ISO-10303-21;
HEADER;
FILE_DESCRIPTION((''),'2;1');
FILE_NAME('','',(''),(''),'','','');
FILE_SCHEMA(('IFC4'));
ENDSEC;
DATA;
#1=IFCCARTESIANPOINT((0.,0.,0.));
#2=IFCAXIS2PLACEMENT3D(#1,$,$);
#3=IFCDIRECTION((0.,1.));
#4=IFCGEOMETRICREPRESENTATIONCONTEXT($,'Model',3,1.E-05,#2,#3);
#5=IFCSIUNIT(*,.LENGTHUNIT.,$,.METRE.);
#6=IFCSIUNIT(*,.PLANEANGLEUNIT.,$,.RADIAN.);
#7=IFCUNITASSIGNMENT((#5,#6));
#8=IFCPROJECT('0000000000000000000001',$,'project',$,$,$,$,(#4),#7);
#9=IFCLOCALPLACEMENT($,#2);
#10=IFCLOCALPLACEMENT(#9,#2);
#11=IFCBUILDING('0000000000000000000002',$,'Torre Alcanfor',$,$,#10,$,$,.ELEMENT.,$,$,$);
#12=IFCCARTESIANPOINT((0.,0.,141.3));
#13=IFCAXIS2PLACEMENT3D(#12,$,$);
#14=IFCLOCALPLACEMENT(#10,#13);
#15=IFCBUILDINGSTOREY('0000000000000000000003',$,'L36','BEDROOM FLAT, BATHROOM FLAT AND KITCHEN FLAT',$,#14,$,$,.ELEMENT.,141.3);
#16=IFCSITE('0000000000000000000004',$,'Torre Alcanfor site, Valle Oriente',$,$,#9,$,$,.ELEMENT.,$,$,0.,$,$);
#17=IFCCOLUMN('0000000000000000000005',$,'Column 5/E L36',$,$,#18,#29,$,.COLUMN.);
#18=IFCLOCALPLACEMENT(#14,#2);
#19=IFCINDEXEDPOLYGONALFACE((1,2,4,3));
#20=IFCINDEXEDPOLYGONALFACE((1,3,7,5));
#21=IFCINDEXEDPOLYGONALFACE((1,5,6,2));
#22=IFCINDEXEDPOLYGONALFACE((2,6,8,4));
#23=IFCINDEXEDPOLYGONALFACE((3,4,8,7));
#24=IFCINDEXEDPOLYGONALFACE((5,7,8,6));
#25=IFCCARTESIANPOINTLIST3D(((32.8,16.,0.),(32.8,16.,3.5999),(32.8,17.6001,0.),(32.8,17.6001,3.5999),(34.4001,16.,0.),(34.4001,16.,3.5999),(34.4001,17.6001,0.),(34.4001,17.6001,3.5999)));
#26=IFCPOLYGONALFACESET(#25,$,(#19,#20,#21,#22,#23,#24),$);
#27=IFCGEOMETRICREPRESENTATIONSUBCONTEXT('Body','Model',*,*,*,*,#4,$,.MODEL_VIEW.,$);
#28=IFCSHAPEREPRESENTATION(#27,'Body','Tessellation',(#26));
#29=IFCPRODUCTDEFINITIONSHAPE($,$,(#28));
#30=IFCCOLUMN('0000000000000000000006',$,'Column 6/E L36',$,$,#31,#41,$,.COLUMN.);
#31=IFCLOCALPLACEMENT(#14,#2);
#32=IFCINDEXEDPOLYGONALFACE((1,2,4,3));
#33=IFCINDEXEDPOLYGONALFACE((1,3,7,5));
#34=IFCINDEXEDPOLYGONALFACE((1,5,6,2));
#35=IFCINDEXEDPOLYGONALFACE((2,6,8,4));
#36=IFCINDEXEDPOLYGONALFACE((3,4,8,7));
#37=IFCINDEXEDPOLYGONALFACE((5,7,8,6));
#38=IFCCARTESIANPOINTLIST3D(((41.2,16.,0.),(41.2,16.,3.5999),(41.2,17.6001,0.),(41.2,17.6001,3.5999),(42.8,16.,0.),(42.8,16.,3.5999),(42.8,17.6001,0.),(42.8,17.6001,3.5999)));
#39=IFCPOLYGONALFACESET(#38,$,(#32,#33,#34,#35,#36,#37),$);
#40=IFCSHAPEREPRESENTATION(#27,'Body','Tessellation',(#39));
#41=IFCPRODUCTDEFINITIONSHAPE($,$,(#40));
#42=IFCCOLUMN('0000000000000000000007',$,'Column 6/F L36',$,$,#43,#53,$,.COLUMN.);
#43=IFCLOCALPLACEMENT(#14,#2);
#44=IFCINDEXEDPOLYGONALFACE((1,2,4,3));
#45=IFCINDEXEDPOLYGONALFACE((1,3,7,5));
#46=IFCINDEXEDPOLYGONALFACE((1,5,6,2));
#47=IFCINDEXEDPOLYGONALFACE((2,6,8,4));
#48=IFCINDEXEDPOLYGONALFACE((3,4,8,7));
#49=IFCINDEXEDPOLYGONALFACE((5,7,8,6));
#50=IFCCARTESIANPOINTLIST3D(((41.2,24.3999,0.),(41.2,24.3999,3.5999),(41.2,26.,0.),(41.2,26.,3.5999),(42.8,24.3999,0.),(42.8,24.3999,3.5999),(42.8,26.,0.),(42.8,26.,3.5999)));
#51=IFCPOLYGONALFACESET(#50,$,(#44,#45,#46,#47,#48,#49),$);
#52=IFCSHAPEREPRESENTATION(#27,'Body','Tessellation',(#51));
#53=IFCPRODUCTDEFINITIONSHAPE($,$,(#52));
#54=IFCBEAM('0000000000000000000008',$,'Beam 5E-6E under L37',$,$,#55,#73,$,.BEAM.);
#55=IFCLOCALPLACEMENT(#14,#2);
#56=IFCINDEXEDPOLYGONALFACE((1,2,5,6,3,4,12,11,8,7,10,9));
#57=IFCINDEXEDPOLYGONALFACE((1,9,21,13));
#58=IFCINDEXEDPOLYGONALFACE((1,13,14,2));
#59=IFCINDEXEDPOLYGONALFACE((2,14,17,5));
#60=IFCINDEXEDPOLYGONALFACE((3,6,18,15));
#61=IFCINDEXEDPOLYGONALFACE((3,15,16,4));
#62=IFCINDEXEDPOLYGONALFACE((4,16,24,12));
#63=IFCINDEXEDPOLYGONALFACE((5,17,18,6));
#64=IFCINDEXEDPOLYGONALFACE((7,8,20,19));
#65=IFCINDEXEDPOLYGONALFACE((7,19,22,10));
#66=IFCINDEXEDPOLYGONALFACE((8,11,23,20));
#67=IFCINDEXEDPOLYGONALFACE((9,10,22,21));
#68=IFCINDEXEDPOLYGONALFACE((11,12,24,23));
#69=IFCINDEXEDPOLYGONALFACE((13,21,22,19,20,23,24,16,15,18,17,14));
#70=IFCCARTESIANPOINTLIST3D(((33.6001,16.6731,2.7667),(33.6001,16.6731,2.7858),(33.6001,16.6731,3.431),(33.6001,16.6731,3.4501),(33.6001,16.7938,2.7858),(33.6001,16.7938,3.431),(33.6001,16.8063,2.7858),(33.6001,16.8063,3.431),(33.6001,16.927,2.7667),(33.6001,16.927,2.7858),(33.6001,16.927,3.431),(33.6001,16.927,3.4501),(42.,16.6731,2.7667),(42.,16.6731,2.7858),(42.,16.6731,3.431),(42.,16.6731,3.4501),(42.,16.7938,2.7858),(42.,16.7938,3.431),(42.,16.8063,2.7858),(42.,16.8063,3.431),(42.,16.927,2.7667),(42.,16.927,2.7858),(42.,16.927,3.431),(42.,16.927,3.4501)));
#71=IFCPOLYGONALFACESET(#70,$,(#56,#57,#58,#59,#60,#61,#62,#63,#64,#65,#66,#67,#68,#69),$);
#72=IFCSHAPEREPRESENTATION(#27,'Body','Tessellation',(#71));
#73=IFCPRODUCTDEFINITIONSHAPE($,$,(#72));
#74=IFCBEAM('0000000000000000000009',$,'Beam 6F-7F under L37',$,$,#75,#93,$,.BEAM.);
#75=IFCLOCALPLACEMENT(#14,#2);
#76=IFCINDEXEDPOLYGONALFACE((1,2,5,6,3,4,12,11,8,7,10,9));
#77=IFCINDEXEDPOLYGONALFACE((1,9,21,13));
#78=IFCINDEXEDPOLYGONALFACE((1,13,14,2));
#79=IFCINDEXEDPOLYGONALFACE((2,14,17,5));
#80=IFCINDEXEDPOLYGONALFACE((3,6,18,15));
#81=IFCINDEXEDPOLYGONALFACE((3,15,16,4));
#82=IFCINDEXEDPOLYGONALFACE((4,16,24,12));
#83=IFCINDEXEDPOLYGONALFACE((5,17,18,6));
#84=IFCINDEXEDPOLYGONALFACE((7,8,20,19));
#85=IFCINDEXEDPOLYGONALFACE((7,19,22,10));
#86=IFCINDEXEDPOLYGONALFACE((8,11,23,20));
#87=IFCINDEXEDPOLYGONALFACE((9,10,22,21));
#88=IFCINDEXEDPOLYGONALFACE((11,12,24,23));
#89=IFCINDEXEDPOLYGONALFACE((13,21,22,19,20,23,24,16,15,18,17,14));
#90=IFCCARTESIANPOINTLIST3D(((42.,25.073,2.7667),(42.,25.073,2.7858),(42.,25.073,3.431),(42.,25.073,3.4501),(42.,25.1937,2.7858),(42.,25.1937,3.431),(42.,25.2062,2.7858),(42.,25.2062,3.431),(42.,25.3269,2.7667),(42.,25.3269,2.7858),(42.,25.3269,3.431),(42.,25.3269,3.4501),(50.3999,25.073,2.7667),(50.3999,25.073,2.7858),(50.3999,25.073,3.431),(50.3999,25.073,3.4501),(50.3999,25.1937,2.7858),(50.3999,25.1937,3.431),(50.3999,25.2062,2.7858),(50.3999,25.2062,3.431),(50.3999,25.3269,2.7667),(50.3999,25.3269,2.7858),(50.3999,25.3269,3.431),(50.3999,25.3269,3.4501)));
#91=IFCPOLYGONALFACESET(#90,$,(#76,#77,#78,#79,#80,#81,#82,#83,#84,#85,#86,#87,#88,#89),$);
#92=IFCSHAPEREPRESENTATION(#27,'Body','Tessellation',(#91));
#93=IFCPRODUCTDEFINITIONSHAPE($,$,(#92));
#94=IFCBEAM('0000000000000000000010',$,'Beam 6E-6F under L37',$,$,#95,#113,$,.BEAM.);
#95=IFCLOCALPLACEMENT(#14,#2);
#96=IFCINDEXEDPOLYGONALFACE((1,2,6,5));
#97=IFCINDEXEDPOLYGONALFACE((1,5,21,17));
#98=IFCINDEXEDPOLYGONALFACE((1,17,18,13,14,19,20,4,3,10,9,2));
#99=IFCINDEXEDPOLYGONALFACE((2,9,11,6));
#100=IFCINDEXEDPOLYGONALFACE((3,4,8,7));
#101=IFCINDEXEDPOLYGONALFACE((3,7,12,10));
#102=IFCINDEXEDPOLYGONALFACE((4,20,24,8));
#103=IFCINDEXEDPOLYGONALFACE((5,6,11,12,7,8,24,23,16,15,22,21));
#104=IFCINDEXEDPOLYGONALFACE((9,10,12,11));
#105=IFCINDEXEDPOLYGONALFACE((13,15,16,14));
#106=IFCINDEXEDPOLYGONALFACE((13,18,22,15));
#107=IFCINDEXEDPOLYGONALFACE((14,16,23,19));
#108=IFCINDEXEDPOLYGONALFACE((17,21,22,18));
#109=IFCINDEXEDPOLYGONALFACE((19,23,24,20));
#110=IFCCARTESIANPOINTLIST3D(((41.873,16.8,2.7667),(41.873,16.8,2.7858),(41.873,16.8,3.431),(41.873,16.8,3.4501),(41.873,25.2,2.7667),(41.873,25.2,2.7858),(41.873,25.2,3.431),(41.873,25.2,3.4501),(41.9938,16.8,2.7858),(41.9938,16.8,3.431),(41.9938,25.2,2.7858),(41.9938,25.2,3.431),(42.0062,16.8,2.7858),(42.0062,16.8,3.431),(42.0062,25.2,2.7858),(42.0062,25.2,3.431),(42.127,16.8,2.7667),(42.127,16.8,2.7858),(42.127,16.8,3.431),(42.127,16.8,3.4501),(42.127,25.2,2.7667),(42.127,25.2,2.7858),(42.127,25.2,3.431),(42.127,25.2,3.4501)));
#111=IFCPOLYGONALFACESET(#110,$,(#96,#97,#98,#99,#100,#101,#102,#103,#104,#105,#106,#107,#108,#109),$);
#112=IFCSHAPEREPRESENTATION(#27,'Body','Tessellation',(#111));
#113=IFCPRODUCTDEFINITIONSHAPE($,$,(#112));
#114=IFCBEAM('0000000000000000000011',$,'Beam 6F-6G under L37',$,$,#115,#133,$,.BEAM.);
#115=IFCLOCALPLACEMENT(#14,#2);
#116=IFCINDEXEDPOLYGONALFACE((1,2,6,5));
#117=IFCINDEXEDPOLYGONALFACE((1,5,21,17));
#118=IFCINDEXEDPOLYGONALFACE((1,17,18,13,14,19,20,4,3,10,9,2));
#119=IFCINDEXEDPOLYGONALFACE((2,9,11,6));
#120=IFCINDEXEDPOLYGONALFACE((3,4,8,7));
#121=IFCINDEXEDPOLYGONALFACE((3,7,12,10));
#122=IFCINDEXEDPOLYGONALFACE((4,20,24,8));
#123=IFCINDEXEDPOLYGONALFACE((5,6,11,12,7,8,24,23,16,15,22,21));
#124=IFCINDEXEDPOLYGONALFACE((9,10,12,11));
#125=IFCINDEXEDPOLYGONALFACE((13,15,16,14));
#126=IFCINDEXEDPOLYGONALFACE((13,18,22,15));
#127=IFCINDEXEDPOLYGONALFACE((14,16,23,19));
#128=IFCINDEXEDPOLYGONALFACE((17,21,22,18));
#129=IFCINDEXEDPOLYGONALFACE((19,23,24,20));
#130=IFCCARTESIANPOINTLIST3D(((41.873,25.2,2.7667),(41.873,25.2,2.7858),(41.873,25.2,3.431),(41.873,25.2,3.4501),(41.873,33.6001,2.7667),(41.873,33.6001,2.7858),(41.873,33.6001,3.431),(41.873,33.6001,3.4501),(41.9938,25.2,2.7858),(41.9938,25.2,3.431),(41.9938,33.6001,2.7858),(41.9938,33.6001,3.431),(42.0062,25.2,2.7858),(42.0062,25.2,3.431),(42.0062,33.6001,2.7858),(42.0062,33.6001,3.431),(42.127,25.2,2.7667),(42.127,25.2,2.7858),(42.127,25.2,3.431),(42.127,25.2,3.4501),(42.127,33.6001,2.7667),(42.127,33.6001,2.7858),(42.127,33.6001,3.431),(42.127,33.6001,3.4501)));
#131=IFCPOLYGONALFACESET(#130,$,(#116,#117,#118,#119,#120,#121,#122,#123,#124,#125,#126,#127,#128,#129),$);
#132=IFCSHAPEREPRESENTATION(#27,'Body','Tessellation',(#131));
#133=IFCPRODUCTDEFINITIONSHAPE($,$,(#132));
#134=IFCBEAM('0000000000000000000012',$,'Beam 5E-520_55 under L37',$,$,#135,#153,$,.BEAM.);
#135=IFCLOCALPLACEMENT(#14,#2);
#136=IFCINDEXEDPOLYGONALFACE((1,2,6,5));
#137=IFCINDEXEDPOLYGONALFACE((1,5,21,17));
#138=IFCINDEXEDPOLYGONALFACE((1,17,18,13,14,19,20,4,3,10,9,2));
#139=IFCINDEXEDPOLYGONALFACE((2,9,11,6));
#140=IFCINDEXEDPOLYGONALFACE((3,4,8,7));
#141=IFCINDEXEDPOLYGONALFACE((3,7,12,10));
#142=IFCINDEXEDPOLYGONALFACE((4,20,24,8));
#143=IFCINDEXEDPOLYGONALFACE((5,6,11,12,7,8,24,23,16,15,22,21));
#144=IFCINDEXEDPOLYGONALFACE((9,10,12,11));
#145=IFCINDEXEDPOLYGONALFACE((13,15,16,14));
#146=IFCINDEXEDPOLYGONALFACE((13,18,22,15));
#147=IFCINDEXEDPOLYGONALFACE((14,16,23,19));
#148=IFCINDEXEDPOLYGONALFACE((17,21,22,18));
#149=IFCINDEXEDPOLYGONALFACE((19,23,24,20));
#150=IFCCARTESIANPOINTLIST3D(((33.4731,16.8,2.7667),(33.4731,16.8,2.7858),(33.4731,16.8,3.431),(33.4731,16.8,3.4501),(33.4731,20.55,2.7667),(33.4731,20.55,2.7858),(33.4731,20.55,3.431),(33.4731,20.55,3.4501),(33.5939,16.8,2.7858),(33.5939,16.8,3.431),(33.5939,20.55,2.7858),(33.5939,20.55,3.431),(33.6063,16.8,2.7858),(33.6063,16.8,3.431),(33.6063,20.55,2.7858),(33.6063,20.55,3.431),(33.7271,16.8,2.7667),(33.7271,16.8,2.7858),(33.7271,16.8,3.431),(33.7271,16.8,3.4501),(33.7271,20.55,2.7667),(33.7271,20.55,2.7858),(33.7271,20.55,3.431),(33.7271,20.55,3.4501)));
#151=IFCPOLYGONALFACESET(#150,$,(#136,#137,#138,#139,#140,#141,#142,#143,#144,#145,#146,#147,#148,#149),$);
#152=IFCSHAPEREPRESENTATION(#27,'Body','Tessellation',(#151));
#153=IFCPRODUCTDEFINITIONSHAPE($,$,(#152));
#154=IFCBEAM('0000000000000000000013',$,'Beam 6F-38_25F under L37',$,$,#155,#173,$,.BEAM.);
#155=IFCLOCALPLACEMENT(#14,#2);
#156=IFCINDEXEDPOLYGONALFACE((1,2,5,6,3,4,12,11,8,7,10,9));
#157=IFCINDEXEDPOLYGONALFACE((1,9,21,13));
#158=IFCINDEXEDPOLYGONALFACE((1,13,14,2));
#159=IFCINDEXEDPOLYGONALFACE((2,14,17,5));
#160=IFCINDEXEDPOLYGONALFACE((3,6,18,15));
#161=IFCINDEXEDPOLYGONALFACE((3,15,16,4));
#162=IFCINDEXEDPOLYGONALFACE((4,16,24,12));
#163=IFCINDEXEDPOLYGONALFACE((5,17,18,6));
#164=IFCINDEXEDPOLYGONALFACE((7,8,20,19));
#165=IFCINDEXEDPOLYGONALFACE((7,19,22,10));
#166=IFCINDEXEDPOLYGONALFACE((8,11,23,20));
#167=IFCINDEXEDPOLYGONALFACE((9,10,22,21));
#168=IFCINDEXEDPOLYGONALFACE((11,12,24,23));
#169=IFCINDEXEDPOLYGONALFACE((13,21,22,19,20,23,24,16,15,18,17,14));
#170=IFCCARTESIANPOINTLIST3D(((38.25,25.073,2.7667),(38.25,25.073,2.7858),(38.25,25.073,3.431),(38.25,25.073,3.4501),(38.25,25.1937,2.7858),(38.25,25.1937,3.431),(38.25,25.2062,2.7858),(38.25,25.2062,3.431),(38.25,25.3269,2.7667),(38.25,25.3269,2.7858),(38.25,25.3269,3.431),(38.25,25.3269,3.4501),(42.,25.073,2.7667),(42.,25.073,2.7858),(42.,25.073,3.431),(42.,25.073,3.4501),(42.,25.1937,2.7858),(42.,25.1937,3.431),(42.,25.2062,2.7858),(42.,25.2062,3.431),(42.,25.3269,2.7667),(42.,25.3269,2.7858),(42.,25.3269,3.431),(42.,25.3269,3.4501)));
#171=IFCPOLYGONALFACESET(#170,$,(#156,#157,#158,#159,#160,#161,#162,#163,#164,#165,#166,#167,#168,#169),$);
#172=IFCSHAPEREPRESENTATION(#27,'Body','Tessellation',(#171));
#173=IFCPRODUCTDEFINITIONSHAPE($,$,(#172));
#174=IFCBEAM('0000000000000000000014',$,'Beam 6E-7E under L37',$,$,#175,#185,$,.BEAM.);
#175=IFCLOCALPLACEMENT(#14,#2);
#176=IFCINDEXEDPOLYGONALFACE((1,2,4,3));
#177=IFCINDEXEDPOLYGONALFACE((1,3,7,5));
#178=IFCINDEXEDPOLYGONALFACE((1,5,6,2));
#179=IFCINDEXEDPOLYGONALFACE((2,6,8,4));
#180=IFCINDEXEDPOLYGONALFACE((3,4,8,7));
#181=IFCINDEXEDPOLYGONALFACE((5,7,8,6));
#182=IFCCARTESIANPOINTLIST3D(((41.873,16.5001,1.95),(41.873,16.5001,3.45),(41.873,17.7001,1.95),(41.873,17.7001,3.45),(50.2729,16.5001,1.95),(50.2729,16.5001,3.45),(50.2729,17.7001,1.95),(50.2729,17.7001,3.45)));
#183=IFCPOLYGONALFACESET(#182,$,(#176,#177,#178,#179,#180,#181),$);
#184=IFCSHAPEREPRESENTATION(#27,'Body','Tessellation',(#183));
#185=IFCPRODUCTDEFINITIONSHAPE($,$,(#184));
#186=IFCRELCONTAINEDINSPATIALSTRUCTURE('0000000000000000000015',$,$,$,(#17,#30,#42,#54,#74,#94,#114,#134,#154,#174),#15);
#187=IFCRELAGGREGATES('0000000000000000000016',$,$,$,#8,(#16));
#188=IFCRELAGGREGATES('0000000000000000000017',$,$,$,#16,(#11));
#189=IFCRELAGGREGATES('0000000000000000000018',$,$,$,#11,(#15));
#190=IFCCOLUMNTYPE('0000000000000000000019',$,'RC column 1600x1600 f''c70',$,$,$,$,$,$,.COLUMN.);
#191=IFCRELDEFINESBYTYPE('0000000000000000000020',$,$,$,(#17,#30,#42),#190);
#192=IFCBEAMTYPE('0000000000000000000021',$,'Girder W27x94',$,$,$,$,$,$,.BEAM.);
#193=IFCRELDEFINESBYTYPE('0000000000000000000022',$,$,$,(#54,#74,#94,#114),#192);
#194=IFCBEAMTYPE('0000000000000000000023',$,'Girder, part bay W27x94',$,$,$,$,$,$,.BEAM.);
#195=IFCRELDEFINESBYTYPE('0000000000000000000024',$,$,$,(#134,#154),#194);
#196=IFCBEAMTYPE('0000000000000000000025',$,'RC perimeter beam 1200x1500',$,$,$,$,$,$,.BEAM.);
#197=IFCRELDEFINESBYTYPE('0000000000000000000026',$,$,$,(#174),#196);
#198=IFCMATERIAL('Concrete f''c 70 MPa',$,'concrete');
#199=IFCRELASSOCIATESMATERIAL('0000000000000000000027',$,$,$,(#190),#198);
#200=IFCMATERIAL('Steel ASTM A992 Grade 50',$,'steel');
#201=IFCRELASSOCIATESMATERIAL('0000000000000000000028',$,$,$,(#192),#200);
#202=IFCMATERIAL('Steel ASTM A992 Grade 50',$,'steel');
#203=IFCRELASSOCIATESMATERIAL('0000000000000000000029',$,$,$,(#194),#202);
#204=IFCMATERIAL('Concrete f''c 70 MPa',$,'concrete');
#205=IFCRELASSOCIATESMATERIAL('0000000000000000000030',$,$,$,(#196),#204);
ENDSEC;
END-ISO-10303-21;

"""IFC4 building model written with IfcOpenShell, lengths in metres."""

from ifc_helpers import new_model, si_unit, direction, frame, origin, origin_2d, place, context, subcontext, project, spatial, rectangle, i_section, extrude, material, material_profile, profile_set, type_object, element, save


model = new_model("IFC4")

# Units and contexts
model_context = context("Model", 3, precision=1e-05, world=origin(), true_north=direction((0.0, 1.0)))
body_context = subcontext(model_context, "Body", "Model", "MODEL_VIEW")
ifc_project = project(units=[si_unit("LENGTHUNIT", "METRE"), si_unit("PLANEANGLEUNIT", "RADIAN")], contexts=[model_context])

# Site, building, storey
site_placement = place(None, origin())
site = spatial("IfcSite", under=ifc_project, at=site_placement, Name="Torre Alcanfor site, Valle Oriente", CompositionType="ELEMENT", RefElevation=0.0)
building_placement = place(site_placement, origin())
building = spatial("IfcBuilding", under=site, at=building_placement, Name="Torre Alcanfor", CompositionType="ELEMENT")
storey_placement = place(building_placement, frame((0.0, 0.0, 141.3)))
storey = spatial("IfcBuildingStorey", under=building, at=storey_placement, Name="L36", Description="BEDROOM FLAT, BATHROOM FLAT AND KITCHEN FLAT", CompositionType="ELEMENT", Elevation=141.3)

# Columns
ifc_material_1 = material(Name="Concrete f'c 70 MPa", Category="concrete")
ifc_material_profile_1 = material_profile(ifc_material_1, rectangle(XDim=1.6001, YDim=1.6001, at=origin_2d()), Name="1600x1600")
ifc_profile_set_1 = profile_set([ifc_material_profile_1], Name="Concrete f'c 70 MPa")
column_type = type_object("IfcColumnType", Name="RC column 1600x1600 f'c70", PredefinedType="COLUMN", material=ifc_profile_set_1)
for number, where, z_axis, x_axis, name in (
    (1, (33.6001, 16.8, 0.0), (0.0, 0.0, 1.0), (1.0, 0.0, 0.0), "Column 5/E L36"),
    (2, (42.0, 16.8, 0.0), (0.0, 0.0, 1.0), (1.0, 0.0, 0.0), "Column 6/E L36"),
    (3, (42.0, 25.2, 0.0), (0.0, 0.0, 1.0), (1.0, 0.0, 0.0), "Column 6/F L36"),
):
    element("IfcColumn", number, at=place(storey_placement, frame(where, z_axis=z_axis, x_axis=x_axis)), inside=storey, type_object=column_type, Name=name, PredefinedType="COLUMN", context=body_context, shape_type="SweptSolid", body=[
        extrude(rectangle(XDim=1.6001, YDim=1.6001, at=origin_2d()), origin(), (0.0, 0.0, 1.0), 3.5999),
    ])

# Beams
ifc_material_2 = material(Name="Steel ASTM A992 Grade 50", Category="steel")
ifc_material_profile_2 = material_profile(ifc_material_2, i_section(OverallWidth=0.2539, OverallDepth=0.6833, WebThickness=0.0125, FlangeThickness=0.019, at=origin_2d()), Name="W27x94")
ifc_profile_set_2 = profile_set([ifc_material_profile_2], Name="Steel ASTM A992 Grade 50")
beam_type_1 = type_object("IfcBeamType", Name="Girder W27x94", PredefinedType="BEAM", material=ifc_profile_set_2)
for number, where, z_axis, x_axis, name in (
    (4, (33.6001, 16.8, 3.1084), (1.0, 0.0, 0.0), (0.0, 1.0, 0.0), "Beam 5E-6E under L37"),
    (5, (42.0, 25.2, 3.1084), (1.0, 0.0, 0.0), (0.0, 1.0, 0.0), "Beam 6F-7F under L37"),
    (6, (42.0, 16.8, 3.1084), (0.0, 1.0, 0.0), (-1.0, 0.0, 0.0), "Beam 6E-6F under L37"),
):
    element("IfcBeam", number, at=place(storey_placement, frame(where, z_axis=z_axis, x_axis=x_axis)), inside=storey, type_object=beam_type_1, Name=name, PredefinedType="BEAM", context=body_context, shape_type="SweptSolid", body=[
        extrude(i_section(OverallWidth=0.2539, OverallDepth=0.6833, WebThickness=0.0125, FlangeThickness=0.019, at=origin_2d()), origin(), (0.0, 0.0, 1.0), 8.3999),
    ])
beam_1_placement = place(storey_placement, frame((42.0, 25.2, 3.1084), z_axis=(0.0, 1.0, 0.0), x_axis=(-1.0, 0.0, 0.0)))
element("IfcBeam", 7, at=beam_1_placement, inside=storey, type_object=beam_type_1, Name="Beam 6F-6G under L37", PredefinedType="BEAM", context=body_context, shape_type="SweptSolid", body=[
    extrude(i_section(OverallWidth=0.2539, OverallDepth=0.6833, WebThickness=0.0125, FlangeThickness=0.019, at=origin_2d()), origin(), (0.0, 0.0, 1.0), 8.4001),
])
ifc_material_3 = material(Name="Steel ASTM A992 Grade 50", Category="steel")
ifc_material_profile_3 = material_profile(ifc_material_3, i_section(OverallWidth=0.2539, OverallDepth=0.6833, WebThickness=0.0125, FlangeThickness=0.019, at=origin_2d()), Name="W27x94")
ifc_profile_set_3 = profile_set([ifc_material_profile_3], Name="Steel ASTM A992 Grade 50")
beam_type_2 = type_object("IfcBeamType", Name="Girder, part bay W27x94", PredefinedType="BEAM", material=ifc_profile_set_3)
for number, where, z_axis, x_axis, name in (
    (8, (33.6001, 16.8, 3.1084), (0.0, 1.0, 0.0), (-1.0, 0.0, 0.0), "Beam 5E-520_55 under L37"),
    (9, (42.0, 25.2, 3.1084), (-1.0, 0.0, 0.0), (0.0, -1.0, 0.0), "Beam 6F-38_25F under L37"),
):
    element("IfcBeam", number, at=place(storey_placement, frame(where, z_axis=z_axis, x_axis=x_axis)), inside=storey, type_object=beam_type_2, Name=name, PredefinedType="BEAM", context=body_context, shape_type="SweptSolid", body=[
        extrude(i_section(OverallWidth=0.2539, OverallDepth=0.6833, WebThickness=0.0125, FlangeThickness=0.019, at=origin_2d()), origin(), (0.0, 0.0, 1.0), 3.75),
    ])
ifc_material_4 = material(Name="Concrete f'c 70 MPa", Category="concrete")
ifc_material_profile_4 = material_profile(ifc_material_4, rectangle(XDim=1.2, YDim=1.5, at=origin_2d()), Name="1200x1500")
ifc_profile_set_4 = profile_set([ifc_material_profile_4], Name="Concrete f'c 70 MPa")
beam_type_3 = type_object("IfcBeamType", Name="RC perimeter beam 1200x1500", PredefinedType="BEAM", material=ifc_profile_set_4)
beam_2_placement = place(storey_placement, frame((41.873, 17.1001, 2.7), z_axis=(1.0, 0.0, 0.0), x_axis=(0.0, 1.0, 0.0)))
element("IfcBeam", 10, at=beam_2_placement, inside=storey, type_object=beam_type_3, Name="Beam 6E-7E under L37", PredefinedType="BEAM", context=body_context, shape_type="SweptSolid", body=[
    extrude(rectangle(XDim=1.2, YDim=1.5, at=origin_2d()), origin(), (0.0, 0.0, 1.0), 8.3999),
])

save(model, "model.ifc")
